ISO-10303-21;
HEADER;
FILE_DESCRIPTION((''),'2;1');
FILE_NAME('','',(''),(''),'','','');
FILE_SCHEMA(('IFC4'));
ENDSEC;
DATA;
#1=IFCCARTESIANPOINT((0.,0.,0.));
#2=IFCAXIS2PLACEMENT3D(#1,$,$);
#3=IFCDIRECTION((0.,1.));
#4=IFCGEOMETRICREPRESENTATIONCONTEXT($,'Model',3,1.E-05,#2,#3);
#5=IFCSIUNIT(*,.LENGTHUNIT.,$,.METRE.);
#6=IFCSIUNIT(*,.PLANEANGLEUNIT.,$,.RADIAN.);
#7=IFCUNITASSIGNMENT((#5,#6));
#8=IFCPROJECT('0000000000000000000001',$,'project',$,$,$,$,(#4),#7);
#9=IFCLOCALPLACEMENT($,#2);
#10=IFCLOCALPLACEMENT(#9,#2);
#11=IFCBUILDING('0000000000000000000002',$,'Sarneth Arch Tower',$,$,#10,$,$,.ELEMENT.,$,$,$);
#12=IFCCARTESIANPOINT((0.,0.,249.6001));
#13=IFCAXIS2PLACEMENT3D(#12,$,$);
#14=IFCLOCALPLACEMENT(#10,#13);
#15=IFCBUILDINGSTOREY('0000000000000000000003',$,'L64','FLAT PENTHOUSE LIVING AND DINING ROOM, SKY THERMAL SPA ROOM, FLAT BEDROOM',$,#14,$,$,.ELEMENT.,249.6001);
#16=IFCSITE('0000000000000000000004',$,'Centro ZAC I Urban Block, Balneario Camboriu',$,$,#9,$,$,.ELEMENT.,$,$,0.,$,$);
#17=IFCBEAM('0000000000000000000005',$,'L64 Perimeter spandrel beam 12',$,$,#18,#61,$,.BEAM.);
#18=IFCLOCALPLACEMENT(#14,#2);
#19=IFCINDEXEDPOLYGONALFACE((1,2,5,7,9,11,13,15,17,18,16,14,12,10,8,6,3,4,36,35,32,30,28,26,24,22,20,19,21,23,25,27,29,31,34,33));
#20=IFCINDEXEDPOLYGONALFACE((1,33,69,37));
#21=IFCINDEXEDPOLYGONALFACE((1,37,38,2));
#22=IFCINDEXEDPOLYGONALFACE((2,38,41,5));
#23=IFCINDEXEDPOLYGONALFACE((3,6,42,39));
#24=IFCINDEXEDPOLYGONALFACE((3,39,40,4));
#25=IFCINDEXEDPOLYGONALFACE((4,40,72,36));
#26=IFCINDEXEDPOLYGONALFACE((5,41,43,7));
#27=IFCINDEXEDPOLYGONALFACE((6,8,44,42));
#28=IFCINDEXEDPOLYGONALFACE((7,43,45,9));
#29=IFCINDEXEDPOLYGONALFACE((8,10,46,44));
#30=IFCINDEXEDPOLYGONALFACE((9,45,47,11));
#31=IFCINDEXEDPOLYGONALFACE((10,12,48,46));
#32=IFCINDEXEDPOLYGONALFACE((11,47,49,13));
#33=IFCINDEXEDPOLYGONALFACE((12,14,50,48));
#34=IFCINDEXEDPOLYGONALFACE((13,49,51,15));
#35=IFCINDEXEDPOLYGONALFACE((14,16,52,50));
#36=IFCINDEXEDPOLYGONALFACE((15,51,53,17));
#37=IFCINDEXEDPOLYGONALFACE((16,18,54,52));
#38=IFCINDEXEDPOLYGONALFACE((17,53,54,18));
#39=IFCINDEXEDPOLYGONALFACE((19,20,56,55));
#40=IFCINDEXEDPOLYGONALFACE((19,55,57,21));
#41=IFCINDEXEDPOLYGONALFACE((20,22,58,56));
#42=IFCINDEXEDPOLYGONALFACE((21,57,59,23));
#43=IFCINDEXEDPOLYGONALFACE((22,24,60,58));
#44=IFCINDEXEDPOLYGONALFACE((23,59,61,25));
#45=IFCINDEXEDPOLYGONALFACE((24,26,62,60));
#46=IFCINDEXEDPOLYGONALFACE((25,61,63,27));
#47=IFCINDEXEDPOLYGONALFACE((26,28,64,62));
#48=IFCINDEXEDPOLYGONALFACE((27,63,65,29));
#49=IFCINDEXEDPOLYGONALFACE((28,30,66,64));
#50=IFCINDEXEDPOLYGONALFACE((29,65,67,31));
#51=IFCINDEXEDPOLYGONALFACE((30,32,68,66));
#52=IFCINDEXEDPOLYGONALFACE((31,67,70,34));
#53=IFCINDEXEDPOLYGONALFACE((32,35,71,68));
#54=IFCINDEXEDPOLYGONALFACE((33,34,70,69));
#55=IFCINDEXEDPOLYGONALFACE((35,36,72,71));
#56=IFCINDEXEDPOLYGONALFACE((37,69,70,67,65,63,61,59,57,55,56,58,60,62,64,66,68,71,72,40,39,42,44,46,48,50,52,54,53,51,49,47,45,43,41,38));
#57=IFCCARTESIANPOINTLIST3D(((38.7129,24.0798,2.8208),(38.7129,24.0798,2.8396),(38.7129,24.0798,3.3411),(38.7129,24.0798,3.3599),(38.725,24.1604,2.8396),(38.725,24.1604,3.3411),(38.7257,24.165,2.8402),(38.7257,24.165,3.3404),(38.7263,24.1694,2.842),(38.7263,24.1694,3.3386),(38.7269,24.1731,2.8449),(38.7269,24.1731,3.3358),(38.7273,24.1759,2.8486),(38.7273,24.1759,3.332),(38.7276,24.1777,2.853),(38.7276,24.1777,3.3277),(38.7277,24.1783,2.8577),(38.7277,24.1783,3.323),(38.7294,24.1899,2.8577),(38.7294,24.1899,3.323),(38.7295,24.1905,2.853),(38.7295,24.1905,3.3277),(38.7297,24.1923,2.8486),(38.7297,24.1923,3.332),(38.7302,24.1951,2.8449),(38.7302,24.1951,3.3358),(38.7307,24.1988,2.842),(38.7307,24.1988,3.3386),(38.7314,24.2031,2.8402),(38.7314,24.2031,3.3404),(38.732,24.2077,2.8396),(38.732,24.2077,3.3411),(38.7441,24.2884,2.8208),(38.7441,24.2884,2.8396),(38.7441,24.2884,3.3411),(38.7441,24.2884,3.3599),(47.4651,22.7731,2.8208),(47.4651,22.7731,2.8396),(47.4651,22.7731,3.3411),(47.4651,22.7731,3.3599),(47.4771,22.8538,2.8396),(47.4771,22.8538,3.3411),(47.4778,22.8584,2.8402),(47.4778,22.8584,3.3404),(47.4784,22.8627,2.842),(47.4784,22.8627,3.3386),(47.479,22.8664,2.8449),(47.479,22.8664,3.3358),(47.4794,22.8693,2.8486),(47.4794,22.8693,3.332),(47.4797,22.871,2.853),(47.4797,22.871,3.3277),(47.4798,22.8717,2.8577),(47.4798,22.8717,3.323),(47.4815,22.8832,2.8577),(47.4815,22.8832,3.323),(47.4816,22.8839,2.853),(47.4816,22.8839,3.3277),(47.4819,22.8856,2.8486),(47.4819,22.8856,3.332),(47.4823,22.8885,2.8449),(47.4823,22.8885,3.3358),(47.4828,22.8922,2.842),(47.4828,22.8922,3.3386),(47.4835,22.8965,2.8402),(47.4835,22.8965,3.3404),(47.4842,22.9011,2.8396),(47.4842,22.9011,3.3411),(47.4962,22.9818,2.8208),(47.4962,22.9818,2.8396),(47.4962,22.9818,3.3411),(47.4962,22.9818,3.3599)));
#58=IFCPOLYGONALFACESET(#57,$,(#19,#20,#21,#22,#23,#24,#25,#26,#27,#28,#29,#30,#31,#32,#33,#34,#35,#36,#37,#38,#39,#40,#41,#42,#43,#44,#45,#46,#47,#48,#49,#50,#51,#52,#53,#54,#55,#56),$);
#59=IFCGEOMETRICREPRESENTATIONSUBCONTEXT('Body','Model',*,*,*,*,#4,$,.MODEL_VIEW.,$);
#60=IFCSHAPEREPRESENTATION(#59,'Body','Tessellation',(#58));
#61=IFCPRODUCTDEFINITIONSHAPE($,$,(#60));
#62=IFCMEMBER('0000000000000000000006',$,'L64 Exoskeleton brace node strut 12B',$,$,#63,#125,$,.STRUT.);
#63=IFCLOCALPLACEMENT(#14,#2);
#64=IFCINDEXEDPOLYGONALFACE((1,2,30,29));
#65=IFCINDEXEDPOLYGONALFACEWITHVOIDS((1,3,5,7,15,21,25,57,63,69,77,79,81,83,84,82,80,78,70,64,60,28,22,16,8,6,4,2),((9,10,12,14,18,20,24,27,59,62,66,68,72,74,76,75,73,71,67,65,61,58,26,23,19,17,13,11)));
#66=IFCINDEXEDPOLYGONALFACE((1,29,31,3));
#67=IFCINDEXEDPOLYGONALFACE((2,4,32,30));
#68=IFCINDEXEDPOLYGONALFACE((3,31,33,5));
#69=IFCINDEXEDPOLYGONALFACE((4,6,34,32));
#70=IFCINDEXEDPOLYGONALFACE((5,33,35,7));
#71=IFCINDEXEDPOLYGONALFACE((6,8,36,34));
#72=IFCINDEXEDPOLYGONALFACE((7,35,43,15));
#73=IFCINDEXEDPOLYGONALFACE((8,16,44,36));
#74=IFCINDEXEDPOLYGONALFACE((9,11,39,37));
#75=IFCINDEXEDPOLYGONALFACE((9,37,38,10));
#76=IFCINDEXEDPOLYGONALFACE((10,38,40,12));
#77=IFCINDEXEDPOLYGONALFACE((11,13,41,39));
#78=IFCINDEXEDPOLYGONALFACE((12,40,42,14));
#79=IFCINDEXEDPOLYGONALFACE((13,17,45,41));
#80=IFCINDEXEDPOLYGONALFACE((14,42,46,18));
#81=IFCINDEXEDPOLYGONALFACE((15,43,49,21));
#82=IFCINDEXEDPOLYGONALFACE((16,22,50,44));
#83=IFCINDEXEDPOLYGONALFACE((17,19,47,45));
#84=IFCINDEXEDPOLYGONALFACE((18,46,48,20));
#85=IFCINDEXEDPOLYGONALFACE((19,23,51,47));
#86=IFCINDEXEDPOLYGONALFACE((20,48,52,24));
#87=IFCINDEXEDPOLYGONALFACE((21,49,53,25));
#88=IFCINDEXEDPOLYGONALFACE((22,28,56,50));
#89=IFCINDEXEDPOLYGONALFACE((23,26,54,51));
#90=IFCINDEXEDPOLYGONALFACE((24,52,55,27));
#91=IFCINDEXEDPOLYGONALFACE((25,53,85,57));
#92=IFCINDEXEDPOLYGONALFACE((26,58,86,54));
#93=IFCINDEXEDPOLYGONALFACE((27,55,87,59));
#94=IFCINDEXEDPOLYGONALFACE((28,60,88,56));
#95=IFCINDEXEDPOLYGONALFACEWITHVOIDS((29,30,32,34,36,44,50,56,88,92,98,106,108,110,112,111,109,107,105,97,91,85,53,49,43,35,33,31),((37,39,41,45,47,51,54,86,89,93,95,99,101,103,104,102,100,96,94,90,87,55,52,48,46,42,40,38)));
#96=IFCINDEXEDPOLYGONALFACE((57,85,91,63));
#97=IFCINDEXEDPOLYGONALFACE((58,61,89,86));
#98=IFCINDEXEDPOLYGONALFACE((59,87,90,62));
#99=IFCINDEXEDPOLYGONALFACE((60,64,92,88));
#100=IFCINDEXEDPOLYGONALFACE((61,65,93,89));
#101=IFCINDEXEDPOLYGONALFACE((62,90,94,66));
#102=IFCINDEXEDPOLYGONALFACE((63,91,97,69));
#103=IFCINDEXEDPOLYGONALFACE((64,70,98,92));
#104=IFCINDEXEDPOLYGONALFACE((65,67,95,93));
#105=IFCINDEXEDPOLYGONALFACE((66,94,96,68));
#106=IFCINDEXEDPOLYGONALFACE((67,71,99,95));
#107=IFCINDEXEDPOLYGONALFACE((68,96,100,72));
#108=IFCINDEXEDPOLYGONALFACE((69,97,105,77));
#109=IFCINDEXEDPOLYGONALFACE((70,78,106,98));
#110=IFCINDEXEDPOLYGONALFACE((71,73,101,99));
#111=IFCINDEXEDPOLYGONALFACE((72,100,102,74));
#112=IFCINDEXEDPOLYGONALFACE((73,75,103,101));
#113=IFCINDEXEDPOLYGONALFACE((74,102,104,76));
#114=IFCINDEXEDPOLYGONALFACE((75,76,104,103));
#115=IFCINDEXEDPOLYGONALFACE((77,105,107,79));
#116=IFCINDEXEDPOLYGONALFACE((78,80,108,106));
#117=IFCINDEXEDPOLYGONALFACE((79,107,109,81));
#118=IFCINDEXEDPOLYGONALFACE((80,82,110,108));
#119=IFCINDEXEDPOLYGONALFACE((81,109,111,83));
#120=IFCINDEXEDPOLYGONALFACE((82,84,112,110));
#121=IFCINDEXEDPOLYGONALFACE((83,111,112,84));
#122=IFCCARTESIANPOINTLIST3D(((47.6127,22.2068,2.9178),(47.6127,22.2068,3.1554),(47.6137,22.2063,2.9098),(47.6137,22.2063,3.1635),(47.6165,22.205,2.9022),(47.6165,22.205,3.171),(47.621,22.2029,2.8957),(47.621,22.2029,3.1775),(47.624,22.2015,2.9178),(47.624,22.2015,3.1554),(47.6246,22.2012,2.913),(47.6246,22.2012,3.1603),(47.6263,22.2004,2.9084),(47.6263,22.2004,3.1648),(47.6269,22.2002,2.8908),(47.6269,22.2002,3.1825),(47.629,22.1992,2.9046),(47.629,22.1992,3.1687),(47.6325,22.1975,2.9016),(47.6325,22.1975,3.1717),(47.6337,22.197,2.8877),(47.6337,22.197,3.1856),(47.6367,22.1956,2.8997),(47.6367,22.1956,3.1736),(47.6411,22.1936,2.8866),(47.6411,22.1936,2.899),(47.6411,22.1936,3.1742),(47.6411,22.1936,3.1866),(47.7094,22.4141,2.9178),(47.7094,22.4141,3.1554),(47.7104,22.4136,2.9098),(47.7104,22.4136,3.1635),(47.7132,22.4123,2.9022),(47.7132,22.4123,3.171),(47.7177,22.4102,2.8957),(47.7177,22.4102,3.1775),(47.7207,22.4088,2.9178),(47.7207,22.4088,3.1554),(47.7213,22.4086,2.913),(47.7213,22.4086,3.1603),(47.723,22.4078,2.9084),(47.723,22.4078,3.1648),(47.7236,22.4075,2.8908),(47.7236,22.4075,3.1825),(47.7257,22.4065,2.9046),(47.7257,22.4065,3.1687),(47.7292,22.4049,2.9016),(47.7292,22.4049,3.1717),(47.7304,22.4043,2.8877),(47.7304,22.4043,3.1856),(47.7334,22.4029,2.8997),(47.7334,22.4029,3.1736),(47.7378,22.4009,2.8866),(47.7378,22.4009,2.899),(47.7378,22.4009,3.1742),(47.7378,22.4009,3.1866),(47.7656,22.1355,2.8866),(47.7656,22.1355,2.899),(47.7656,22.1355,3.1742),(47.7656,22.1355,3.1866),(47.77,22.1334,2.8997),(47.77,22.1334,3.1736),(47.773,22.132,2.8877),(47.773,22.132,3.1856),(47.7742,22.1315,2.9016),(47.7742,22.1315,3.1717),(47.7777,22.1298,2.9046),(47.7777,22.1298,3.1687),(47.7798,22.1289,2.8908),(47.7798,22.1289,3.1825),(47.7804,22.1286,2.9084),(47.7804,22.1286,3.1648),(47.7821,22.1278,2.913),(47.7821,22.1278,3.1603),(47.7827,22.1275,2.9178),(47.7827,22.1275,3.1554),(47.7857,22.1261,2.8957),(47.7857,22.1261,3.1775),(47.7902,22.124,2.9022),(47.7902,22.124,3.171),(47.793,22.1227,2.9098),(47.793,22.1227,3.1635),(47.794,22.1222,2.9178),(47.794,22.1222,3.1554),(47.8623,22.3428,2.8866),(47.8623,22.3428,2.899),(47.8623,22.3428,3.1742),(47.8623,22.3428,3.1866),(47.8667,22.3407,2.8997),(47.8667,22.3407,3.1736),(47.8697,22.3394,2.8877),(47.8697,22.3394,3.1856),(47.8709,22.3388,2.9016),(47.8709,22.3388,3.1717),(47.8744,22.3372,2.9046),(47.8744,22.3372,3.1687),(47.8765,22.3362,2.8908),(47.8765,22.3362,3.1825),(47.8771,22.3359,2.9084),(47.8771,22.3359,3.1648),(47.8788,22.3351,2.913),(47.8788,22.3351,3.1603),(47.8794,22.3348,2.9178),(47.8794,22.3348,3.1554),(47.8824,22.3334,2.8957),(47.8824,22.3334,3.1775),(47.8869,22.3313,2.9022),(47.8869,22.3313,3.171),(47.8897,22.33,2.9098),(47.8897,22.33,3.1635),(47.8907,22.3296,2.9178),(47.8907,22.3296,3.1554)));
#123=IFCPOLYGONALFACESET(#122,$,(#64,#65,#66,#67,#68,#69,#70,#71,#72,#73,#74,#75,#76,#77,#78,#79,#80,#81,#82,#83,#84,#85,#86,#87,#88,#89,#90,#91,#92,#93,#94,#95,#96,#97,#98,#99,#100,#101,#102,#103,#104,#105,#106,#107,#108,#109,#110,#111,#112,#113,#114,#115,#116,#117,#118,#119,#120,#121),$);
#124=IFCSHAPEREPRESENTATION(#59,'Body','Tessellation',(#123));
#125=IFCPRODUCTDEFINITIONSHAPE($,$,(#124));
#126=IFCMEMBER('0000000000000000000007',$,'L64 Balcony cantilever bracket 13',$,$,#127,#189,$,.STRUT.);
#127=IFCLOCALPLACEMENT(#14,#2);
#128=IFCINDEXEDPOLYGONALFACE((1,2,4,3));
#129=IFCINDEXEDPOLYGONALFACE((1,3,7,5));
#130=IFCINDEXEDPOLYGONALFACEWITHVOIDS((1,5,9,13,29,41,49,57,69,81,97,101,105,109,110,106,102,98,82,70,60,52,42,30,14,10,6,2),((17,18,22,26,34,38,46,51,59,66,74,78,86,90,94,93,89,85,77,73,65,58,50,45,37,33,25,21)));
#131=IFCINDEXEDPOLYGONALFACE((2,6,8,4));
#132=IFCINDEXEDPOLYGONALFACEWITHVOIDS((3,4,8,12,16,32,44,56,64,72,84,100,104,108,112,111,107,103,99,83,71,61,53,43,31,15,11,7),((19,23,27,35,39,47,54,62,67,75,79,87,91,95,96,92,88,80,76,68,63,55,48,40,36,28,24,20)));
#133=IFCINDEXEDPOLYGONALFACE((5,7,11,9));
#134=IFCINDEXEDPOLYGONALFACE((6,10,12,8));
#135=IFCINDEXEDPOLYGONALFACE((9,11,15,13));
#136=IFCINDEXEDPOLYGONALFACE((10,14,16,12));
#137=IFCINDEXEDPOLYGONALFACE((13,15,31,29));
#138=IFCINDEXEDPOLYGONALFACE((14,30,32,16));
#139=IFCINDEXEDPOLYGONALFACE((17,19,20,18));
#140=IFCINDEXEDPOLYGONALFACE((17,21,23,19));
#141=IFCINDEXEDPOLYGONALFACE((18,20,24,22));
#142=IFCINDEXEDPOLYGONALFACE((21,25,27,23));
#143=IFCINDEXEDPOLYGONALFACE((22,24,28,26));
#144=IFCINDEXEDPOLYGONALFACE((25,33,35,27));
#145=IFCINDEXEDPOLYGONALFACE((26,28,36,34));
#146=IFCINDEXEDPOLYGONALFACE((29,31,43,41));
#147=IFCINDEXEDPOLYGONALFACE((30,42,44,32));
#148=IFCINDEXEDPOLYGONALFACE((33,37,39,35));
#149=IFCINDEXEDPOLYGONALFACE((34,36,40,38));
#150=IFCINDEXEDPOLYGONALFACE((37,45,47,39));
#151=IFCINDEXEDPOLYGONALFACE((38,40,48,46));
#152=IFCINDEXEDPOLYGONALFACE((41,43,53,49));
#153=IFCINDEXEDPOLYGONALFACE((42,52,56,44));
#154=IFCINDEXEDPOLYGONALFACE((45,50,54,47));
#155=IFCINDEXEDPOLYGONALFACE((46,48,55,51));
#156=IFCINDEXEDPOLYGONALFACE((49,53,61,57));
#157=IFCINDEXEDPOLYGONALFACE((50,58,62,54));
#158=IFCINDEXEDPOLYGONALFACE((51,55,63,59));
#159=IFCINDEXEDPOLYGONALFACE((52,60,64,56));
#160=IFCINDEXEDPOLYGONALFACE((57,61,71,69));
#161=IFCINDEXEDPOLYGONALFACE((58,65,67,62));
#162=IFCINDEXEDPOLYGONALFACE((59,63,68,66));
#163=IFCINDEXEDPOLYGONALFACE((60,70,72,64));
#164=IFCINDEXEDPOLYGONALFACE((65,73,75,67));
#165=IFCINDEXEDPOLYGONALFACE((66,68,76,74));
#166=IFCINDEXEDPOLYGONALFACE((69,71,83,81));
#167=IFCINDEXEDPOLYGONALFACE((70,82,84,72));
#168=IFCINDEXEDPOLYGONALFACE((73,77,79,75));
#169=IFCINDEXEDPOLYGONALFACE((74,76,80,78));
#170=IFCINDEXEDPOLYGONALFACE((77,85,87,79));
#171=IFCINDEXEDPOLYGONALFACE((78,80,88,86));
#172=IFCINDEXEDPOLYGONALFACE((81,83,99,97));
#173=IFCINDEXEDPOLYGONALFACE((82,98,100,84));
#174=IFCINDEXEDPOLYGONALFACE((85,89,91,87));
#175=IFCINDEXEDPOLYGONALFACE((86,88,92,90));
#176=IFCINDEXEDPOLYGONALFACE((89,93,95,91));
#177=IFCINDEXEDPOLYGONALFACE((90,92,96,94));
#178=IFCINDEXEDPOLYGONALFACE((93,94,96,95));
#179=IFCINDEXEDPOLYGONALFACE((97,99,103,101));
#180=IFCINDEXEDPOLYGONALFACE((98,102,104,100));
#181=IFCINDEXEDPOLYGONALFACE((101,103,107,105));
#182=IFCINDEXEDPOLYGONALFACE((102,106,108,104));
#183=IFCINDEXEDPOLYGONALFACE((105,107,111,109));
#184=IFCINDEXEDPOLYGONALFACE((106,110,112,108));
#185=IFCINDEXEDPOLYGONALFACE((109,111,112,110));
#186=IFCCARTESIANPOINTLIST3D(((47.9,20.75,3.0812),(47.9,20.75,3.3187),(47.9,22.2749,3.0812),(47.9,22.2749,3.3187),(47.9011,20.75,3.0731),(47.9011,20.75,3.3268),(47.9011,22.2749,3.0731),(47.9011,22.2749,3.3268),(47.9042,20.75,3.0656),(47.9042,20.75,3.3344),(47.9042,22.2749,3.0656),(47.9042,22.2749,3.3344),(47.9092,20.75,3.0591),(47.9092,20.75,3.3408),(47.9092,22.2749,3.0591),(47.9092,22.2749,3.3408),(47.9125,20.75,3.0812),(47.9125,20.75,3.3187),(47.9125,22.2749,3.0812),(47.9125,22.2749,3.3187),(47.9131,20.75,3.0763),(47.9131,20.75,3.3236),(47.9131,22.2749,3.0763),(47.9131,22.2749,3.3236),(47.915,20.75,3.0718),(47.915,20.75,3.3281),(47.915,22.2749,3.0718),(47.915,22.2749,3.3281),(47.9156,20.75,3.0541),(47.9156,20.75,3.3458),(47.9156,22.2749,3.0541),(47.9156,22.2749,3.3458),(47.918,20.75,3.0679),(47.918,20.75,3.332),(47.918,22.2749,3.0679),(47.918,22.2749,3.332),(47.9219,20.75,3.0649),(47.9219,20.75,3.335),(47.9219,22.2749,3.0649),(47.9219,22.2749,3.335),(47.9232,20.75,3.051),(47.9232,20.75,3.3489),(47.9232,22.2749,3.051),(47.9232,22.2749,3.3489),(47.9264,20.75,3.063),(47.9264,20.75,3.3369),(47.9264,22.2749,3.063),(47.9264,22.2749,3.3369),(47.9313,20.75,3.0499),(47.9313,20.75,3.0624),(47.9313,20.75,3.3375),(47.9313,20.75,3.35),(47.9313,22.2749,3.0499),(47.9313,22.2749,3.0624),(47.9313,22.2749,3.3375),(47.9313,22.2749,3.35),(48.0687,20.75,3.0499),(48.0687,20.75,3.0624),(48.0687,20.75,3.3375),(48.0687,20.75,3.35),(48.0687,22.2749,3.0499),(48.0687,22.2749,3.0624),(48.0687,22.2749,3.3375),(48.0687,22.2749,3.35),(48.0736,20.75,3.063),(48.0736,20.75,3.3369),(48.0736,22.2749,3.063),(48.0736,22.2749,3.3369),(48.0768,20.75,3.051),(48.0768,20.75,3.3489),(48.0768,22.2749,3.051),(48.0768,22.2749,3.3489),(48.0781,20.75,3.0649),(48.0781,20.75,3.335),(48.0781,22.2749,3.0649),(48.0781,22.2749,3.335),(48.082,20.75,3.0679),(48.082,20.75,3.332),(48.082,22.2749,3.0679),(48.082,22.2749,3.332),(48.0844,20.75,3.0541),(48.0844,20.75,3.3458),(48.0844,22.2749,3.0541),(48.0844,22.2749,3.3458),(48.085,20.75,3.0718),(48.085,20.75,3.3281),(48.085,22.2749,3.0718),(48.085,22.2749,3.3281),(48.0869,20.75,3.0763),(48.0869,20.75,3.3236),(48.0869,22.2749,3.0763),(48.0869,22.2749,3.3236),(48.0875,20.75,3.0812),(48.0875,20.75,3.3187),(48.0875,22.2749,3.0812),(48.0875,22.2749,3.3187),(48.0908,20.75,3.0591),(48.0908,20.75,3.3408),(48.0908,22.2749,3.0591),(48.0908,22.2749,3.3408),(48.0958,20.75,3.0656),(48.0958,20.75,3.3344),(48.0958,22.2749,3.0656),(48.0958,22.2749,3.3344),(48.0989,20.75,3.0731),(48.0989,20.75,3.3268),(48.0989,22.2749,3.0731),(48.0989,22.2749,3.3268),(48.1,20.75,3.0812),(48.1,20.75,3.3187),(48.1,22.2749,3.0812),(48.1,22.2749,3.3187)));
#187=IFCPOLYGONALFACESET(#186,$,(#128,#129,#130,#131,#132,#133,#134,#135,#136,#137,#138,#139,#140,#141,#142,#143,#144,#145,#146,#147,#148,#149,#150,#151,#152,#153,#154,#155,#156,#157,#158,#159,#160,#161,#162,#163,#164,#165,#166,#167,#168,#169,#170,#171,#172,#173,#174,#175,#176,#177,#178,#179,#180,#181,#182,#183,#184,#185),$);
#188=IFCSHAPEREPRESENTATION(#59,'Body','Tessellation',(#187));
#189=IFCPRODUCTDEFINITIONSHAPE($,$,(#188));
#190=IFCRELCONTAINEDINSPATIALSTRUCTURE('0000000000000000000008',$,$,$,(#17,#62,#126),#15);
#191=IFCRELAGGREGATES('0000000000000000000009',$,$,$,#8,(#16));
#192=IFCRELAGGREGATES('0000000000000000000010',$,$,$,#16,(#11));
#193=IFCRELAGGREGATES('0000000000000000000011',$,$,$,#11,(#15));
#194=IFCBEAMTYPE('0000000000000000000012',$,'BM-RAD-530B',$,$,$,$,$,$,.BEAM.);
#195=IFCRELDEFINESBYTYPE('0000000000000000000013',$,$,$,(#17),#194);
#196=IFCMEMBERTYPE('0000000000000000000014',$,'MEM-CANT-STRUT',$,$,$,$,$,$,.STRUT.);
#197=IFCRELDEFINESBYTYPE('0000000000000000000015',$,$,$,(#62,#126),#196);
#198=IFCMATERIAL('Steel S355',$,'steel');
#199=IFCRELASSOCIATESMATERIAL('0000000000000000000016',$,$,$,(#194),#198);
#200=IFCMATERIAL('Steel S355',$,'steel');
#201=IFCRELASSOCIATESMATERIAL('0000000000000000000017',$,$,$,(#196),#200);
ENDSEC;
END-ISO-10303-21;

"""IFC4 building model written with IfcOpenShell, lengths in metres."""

from ifc_helpers import new_model, si_unit, direction, frame, origin, origin_2d, place, context, subcontext, project, spatial, hollow_rectangle, i_section, extrude, material, material_profile, profile_set, type_object, element, save


model = new_model("IFC4")

# Units and contexts
model_context = context("Model", 3, precision=1e-05, world=origin(), true_north=direction((0.0, 1.0)))
body_context = subcontext(model_context, "Body", "Model", "MODEL_VIEW")
ifc_project = project(units=[si_unit("LENGTHUNIT", "METRE"), si_unit("PLANEANGLEUNIT", "RADIAN")], contexts=[model_context])

# Site, building, storey
site_placement = place(None, origin())
site = spatial("IfcSite", under=ifc_project, at=site_placement, Name="Centro ZAC I Urban Block, Balneario Camboriu", CompositionType="ELEMENT", RefElevation=0.0)
building_placement = place(site_placement, origin())
building = spatial("IfcBuilding", under=site, at=building_placement, Name="Sarneth Arch Tower", CompositionType="ELEMENT")
storey_placement = place(building_placement, frame((0.0, 0.0, 249.6001)))
storey = spatial("IfcBuildingStorey", under=building, at=storey_placement, Name="L64", Description="FLAT PENTHOUSE LIVING AND DINING ROOM, SKY THERMAL SPA ROOM, FLAT BEDROOM", CompositionType="ELEMENT", Elevation=249.6001)

# Beam
ifc_material_1 = material(Name="Steel S355", Category="steel")
ifc_material_profile_1 = material_profile(ifc_material_1, i_section(OverallWidth=0.2109, OverallDepth=0.5391, WebThickness=0.0117, FlangeThickness=0.0188, FilletRadius=0.0181, at=origin_2d()), Name="W530x109")
ifc_profile_set_1 = profile_set([ifc_material_profile_1], Name="Steel S355")
beam_type = type_object("IfcBeamType", Name="BM-RAD-530B", PredefinedType="BEAM", material=ifc_profile_set_1)
beam_placement = place(storey_placement, frame((38.7285, 24.1841, 3.0903), z_axis=(0.989039, -0.147656, 0.0), x_axis=(0.147656, 0.989039, 0.0)))
element("IfcBeam", 1, at=beam_placement, inside=storey, type_object=beam_type, Name="L64 Perimeter spandrel beam 12", PredefinedType="BEAM", context=body_context, shape_type="SweptSolid", body=[
    extrude(i_section(OverallWidth=0.2109, OverallDepth=0.5391, WebThickness=0.0117, FlangeThickness=0.0188, FilletRadius=0.0181, at=origin_2d()), origin(), (0.0, 0.0, 1.0), 8.8491),
])

# Members
ifc_material_2 = material(Name="Steel S355", Category="steel")
ifc_material_profile_2 = material_profile(ifc_material_2, hollow_rectangle(XDim=0.2, YDim=0.3, WallThickness=0.0125, InnerFilletRadius=0.0188, OuterFilletRadius=0.0312, at=origin_2d()), Name="RHS300x200x12.5")
ifc_profile_set_2 = profile_set([ifc_material_profile_2], Name="Steel S355")
member_type_1 = type_object("IfcMemberType", Name="MEM-CANT-STRUT", PredefinedType="STRUT", material=ifc_profile_set_2)
member_1_placement = place(storey_placement, frame((47.8, 22.3718, 3.0366), z_axis=(-0.42271, -0.906265, 0.0), x_axis=(0.906265, -0.42271, 0.0)))
element("IfcMember", 2, at=member_1_placement, inside=storey, type_object=member_type_1, Name="L64 Exoskeleton brace node strut 12B", PredefinedType="STRUT", context=body_context, shape_type="SweptSolid", body=[
    extrude(hollow_rectangle(XDim=0.2, YDim=0.3, WallThickness=0.0125, InnerFilletRadius=0.0188, OuterFilletRadius=0.0312, at=origin_2d()), origin(), (0.0, 0.0, 1.0), 0.2288),
])
member_2_placement = place(storey_placement, frame((48.0, 22.2749, 3.2), z_axis=(0.0, -1.0, 0.0), x_axis=(1.0, 0.0, 0.0)))
element("IfcMember", 3, at=member_2_placement, inside=storey, type_object=member_type_1, Name="L64 Balcony cantilever bracket 13", PredefinedType="STRUT", context=body_context, shape_type="SweptSolid", body=[
    extrude(hollow_rectangle(XDim=0.2, YDim=0.3, WallThickness=0.0125, InnerFilletRadius=0.0188, OuterFilletRadius=0.0312, at=origin_2d()), origin(), (0.0, 0.0, 1.0), 1.5249),
])

save(model, "model.ifc")
